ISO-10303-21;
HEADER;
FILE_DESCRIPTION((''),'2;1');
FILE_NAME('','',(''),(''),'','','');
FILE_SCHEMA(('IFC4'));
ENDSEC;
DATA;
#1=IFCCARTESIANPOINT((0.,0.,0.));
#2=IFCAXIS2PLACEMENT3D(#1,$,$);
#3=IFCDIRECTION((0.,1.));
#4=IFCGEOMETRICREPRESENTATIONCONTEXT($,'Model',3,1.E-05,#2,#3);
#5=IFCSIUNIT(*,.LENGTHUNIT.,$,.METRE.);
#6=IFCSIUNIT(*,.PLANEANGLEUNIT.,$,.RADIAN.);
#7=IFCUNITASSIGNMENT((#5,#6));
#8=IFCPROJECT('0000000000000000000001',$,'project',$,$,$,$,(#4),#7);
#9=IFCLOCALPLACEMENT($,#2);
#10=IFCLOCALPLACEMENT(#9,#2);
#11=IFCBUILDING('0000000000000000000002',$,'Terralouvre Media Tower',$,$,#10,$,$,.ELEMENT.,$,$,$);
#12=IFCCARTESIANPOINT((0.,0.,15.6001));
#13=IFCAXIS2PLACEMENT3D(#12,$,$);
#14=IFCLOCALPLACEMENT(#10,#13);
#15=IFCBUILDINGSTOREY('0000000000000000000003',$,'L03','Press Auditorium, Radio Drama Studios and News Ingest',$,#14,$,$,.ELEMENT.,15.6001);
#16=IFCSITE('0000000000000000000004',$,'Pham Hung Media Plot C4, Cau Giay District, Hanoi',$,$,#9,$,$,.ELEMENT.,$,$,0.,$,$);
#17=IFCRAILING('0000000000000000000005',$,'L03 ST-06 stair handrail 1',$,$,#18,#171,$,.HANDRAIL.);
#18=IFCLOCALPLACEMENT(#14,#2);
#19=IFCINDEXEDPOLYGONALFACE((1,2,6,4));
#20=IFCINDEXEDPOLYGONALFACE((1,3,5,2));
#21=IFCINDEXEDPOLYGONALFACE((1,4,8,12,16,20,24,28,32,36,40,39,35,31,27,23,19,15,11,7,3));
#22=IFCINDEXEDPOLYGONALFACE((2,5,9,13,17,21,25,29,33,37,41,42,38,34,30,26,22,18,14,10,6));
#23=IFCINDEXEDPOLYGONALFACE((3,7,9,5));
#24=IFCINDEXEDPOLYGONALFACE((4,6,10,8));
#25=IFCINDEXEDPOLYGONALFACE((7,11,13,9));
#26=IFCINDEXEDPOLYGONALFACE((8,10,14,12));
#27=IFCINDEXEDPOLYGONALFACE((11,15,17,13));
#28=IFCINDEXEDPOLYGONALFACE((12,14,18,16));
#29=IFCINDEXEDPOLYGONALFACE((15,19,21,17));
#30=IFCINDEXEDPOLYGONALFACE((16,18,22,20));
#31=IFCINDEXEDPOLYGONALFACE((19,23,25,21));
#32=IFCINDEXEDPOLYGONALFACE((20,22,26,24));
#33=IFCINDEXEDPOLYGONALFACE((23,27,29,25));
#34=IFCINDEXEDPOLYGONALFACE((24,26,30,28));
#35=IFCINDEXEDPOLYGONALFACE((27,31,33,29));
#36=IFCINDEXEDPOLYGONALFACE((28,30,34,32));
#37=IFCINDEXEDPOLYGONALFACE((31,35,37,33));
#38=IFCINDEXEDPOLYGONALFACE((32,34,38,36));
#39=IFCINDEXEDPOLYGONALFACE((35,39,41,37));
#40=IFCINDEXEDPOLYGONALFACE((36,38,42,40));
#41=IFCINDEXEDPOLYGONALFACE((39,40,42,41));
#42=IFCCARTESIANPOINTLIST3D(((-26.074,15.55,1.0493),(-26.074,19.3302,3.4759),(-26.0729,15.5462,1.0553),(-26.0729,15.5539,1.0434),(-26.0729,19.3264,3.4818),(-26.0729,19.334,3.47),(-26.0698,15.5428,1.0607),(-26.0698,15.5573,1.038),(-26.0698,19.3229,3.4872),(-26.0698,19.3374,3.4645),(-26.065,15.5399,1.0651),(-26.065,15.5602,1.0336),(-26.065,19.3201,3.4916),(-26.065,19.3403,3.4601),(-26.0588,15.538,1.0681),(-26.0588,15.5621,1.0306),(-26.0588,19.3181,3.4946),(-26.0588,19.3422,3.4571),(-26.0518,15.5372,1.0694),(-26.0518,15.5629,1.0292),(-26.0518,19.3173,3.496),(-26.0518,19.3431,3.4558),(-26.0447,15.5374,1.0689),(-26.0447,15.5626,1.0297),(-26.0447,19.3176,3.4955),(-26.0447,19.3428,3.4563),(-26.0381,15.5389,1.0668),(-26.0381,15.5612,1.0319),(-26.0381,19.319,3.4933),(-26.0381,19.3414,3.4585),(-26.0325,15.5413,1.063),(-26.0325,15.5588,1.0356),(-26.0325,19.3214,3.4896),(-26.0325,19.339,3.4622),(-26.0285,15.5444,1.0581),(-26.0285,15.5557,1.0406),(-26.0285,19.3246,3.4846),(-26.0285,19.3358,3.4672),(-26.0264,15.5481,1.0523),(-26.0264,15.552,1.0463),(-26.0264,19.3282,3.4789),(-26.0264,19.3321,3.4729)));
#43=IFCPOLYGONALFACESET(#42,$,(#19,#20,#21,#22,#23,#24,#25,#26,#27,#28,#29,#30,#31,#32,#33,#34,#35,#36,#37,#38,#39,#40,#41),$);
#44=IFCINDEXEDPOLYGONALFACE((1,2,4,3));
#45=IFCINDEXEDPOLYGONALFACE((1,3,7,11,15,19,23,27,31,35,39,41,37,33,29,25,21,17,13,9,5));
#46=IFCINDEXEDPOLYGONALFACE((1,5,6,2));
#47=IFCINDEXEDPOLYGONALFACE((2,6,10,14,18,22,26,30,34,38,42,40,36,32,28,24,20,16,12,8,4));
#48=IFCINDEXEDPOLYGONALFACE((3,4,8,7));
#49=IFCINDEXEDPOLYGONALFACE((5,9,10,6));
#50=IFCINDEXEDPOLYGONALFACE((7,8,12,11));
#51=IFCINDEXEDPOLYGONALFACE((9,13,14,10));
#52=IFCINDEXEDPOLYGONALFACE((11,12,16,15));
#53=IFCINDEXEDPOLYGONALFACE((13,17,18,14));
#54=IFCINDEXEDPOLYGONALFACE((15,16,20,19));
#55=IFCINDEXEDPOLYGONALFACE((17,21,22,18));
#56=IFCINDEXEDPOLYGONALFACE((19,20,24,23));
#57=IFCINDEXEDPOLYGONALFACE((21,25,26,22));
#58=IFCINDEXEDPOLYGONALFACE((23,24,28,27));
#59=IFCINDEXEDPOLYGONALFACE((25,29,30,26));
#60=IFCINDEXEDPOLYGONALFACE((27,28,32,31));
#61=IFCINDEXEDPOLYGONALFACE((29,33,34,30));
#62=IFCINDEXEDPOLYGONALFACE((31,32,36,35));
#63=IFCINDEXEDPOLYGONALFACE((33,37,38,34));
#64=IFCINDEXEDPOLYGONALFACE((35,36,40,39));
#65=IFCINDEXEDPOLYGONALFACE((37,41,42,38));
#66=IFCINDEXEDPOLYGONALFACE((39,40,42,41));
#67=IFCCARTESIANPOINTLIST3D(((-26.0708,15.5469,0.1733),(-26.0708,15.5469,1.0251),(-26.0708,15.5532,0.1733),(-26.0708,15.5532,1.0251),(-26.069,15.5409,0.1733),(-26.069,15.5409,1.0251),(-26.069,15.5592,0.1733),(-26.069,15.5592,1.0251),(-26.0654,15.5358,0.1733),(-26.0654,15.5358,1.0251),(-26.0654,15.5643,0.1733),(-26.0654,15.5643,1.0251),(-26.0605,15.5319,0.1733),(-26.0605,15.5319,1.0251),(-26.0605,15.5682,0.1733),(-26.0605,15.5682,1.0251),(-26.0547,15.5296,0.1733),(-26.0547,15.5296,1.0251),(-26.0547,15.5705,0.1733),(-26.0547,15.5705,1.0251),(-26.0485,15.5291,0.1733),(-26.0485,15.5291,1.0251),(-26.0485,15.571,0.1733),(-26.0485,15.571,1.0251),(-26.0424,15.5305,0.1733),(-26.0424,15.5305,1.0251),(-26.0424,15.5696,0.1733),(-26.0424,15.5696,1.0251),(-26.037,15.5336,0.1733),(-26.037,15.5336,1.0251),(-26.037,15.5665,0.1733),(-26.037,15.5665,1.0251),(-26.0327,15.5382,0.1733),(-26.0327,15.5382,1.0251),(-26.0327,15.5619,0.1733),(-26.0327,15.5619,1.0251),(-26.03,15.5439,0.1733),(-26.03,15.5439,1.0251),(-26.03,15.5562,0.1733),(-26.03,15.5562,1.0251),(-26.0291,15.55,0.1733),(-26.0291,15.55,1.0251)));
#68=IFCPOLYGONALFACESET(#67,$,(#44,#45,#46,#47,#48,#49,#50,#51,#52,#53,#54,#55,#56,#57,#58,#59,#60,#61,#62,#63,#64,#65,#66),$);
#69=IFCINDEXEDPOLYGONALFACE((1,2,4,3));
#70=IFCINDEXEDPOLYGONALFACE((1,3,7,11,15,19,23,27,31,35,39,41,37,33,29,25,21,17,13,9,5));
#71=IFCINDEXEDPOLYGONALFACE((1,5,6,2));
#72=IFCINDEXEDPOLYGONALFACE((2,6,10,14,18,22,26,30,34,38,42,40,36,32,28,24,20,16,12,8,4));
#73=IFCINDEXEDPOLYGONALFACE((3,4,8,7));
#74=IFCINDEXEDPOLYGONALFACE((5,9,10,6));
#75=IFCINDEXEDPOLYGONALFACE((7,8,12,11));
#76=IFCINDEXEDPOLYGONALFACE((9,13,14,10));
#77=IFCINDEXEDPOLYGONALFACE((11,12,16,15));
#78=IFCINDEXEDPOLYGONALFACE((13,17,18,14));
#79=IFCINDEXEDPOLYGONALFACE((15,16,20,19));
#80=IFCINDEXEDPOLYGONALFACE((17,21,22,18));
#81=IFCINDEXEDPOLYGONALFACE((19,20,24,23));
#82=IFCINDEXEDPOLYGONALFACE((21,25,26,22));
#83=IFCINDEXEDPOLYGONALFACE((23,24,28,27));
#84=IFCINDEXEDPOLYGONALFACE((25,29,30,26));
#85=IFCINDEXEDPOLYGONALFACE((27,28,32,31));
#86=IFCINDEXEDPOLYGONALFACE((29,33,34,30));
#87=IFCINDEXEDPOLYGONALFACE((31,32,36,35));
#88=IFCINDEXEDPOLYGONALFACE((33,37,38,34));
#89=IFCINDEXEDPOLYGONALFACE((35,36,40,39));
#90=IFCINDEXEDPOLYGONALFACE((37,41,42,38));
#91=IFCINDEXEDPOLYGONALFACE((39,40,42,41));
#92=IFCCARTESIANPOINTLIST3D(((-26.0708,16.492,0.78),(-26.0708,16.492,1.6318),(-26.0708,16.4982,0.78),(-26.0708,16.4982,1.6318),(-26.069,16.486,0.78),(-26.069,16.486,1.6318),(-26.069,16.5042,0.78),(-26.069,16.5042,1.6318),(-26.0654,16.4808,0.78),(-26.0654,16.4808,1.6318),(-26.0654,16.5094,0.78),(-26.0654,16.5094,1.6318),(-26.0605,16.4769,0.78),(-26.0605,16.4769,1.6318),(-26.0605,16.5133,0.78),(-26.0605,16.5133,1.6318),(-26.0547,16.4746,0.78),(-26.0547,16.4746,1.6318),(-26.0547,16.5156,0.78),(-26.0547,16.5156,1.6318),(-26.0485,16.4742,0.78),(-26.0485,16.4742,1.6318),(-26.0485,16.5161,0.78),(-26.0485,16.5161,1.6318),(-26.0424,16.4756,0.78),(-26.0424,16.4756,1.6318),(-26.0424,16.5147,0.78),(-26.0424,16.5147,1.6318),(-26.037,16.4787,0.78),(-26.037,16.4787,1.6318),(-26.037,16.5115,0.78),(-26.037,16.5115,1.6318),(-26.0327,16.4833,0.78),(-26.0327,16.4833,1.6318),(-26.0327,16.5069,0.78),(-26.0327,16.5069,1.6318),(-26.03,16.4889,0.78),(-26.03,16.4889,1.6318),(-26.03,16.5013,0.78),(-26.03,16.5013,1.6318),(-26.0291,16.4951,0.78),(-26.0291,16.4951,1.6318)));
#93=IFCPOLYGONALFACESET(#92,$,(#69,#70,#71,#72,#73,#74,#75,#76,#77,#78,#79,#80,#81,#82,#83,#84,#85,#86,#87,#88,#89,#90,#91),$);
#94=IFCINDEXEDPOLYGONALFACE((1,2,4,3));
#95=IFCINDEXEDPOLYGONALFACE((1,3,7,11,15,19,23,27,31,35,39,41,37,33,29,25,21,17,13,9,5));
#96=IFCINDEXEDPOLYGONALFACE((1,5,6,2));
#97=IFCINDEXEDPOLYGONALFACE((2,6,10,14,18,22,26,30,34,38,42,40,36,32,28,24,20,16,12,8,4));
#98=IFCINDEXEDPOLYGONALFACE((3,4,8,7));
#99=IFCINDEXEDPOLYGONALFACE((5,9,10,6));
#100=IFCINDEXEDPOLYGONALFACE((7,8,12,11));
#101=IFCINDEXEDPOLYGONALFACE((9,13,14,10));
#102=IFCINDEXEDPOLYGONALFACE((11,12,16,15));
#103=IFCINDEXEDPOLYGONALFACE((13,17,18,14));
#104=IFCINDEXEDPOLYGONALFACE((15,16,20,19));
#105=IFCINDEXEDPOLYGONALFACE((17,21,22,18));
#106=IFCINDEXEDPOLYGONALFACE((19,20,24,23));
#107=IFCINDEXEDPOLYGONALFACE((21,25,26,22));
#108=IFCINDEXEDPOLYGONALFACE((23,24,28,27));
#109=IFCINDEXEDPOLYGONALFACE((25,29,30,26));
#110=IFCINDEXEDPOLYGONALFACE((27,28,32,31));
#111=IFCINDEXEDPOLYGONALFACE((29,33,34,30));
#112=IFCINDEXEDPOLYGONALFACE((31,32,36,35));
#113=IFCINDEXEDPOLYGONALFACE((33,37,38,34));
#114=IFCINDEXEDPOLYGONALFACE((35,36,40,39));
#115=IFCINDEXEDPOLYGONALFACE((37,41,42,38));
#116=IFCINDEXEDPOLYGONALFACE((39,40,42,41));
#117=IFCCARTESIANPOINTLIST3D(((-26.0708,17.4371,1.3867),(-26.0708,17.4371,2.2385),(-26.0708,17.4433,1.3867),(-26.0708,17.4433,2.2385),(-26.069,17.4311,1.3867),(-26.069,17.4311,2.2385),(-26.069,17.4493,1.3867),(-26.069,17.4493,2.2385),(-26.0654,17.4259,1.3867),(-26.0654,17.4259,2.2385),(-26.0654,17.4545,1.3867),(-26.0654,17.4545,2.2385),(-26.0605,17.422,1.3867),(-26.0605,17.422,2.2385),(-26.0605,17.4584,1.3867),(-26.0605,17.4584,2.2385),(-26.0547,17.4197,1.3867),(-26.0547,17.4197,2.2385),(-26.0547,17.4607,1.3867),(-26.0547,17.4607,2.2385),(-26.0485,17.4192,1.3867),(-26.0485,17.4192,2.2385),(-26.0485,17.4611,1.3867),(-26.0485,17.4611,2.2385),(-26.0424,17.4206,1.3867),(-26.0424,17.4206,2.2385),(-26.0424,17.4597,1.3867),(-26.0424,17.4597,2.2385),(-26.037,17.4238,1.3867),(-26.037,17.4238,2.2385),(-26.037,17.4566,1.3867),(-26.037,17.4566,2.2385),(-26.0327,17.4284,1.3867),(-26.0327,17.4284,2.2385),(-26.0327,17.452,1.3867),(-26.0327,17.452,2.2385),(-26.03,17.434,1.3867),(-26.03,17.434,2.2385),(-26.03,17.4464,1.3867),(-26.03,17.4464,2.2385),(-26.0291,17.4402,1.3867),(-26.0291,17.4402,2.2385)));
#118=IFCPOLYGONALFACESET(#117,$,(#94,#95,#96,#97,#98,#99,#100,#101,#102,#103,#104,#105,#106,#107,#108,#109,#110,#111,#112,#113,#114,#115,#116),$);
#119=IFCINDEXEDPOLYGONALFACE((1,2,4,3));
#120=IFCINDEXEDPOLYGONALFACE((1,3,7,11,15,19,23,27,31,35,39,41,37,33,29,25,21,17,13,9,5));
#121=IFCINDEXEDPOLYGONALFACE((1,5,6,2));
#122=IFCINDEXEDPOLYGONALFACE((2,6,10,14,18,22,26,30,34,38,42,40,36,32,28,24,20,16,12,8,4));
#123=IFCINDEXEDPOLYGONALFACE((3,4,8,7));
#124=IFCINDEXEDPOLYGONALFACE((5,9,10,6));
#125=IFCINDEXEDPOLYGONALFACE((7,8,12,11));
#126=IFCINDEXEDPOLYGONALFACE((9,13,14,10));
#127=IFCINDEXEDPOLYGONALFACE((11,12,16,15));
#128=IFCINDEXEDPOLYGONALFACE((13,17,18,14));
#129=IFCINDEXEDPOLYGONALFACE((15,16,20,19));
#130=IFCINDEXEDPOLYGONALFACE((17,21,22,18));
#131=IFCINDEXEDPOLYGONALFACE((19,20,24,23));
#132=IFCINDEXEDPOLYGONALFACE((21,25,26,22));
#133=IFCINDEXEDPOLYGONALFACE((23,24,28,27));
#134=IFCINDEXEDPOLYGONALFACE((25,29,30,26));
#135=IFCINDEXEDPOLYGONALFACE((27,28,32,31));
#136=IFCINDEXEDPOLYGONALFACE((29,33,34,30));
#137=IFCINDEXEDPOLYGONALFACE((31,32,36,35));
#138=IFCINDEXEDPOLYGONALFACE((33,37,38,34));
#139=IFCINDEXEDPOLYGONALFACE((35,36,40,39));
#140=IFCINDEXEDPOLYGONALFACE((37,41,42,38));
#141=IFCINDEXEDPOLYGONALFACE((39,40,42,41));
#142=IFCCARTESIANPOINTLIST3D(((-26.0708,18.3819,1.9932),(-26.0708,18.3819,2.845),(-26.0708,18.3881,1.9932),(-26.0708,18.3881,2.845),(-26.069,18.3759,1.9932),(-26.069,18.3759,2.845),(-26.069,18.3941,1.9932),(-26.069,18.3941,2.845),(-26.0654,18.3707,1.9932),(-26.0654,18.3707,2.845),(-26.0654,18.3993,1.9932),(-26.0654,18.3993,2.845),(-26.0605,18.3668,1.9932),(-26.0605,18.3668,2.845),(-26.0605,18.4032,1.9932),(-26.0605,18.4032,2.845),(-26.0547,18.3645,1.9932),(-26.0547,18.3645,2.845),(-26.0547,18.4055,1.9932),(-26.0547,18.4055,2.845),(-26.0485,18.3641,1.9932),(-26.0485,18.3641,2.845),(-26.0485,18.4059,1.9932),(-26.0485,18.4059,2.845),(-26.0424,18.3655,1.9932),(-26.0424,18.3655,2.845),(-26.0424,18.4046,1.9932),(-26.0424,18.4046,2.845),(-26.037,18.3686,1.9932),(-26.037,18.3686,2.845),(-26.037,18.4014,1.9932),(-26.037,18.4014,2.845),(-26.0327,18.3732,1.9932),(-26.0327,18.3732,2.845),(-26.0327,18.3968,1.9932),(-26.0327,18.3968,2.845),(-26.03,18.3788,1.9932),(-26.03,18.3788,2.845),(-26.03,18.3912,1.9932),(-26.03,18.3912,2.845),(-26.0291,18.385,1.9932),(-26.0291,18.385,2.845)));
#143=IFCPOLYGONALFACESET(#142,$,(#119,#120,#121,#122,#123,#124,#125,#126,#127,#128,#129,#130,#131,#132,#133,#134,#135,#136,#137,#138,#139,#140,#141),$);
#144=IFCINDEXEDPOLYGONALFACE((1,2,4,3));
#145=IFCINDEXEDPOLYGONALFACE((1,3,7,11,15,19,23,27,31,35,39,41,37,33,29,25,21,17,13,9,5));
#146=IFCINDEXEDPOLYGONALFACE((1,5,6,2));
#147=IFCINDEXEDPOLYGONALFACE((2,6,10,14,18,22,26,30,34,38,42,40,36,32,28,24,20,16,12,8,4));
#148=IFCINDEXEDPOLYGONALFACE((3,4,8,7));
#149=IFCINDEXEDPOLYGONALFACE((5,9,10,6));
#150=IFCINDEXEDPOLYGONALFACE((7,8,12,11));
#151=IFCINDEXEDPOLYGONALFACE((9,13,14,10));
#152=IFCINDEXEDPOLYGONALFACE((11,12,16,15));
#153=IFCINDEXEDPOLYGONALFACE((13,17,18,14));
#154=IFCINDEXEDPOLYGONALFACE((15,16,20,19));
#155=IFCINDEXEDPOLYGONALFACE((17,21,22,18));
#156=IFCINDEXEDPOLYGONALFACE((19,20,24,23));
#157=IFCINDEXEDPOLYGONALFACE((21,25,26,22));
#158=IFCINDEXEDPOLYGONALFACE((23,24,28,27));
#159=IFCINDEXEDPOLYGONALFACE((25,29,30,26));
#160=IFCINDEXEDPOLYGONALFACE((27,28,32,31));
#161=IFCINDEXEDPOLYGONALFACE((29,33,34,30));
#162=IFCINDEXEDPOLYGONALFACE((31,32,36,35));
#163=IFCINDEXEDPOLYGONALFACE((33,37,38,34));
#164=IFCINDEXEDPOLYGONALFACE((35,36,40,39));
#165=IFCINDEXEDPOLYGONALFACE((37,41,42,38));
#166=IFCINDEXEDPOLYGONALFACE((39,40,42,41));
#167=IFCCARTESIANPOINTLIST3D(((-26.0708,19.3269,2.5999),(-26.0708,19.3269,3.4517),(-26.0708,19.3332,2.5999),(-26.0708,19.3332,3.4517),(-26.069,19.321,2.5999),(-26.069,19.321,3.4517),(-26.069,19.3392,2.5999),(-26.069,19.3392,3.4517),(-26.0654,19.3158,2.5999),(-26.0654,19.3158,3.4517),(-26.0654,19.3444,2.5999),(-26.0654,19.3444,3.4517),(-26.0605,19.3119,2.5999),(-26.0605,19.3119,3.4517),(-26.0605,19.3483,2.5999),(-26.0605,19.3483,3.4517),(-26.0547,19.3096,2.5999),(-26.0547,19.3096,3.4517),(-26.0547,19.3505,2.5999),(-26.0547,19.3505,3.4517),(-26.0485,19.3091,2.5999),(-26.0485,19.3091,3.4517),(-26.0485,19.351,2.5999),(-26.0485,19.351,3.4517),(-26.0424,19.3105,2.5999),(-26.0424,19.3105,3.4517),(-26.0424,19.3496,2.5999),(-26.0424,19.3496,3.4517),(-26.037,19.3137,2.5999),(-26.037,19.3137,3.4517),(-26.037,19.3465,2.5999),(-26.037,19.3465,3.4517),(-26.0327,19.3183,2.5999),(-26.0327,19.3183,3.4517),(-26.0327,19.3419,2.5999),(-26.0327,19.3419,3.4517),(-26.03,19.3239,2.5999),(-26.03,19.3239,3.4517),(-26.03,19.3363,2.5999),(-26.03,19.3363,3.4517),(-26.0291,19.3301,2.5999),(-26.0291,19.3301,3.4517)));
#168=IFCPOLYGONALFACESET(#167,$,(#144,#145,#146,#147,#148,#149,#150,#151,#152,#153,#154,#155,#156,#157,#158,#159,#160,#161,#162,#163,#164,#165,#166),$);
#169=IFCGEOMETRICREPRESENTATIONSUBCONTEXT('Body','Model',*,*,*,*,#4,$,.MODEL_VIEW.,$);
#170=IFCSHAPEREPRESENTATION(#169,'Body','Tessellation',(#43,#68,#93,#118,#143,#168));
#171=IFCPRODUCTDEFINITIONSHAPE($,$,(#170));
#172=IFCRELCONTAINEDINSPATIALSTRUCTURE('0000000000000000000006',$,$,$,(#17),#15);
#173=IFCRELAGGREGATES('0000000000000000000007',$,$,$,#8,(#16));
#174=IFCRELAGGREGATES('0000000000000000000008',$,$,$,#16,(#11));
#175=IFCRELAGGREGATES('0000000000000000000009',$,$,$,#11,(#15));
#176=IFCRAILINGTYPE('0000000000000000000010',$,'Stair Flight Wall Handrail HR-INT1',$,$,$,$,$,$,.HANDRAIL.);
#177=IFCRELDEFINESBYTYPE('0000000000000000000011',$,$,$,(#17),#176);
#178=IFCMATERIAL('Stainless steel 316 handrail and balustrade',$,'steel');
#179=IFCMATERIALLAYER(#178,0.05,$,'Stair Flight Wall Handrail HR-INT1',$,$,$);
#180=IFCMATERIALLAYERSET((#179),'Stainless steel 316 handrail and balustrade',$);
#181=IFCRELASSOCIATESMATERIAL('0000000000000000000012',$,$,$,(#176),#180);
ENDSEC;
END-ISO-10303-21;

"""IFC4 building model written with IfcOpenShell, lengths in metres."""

from ifc_helpers import new_model, si_unit, direction, frame, origin, origin_2d, place, context, subcontext, project, spatial, circle, extrude, material, layer, layer_set, type_object, element, save


model = new_model("IFC4")

# Units and contexts
model_context = context("Model", 3, precision=1e-05, world=origin(), true_north=direction((0.0, 1.0)))
body_context = subcontext(model_context, "Body", "Model", "MODEL_VIEW")
ifc_project = project(units=[si_unit("LENGTHUNIT", "METRE"), si_unit("PLANEANGLEUNIT", "RADIAN")], contexts=[model_context])

# Site, building, storey
site_placement = place(None, origin())
site = spatial("IfcSite", under=ifc_project, at=site_placement, Name="Pham Hung Media Plot C4, Cau Giay District, Hanoi", CompositionType="ELEMENT", RefElevation=0.0)
building_placement = place(site_placement, origin())
building = spatial("IfcBuilding", under=site, at=building_placement, Name="Terralouvre Media Tower", CompositionType="ELEMENT")
storey_placement = place(building_placement, frame((0.0, 0.0, 15.6001)))
storey = spatial("IfcBuildingStorey", under=building, at=storey_placement, Name="L03", Description="Press Auditorium, Radio Drama Studios and News Ingest", CompositionType="ELEMENT", Elevation=15.6001)

# Railing
ifc_material_1 = material(Name="Stainless steel 316 handrail and balustrade", Category="steel")
ifc_layer_1 = layer(ifc_material_1, 0.05, Name="Stair Flight Wall Handrail HR-INT1")
ifc_layer_set_1 = layer_set([ifc_layer_1], Name="Stainless steel 316 handrail and balustrade")
railing_type_1 = type_object("IfcRailingType", Name="Stair Flight Wall Handrail HR-INT1", PredefinedType="HANDRAIL", material=ifc_layer_set_1)
railing_1_placement = place(storey_placement, frame((-26.05, 15.55, 0.1733)))
element("IfcRailing", 1, at=railing_1_placement, inside=storey, type_object=railing_type_1, Name="L03 ST-06 stair handrail 1", PredefinedType="HANDRAIL", context=body_context, shape_type="SweptSolid", body=[
    extrude(circle(Radius=0.0239, at=origin_2d()), frame((0.0, 0.0, 0.876), z_axis=(0.0, 0.841533, 0.540205), x_axis=(-1.0, 0.0, 0.0)), (0.0, 0.0, 1.0), 4.4919),
    extrude(circle(Radius=0.021, at=origin_2d()), origin(), (0.0, 0.0, 1.0), 0.8518),
    extrude(circle(Radius=0.021, at=origin_2d()), frame((0.0, 0.9451, 0.6067)), (0.0, 0.0, 1.0), 0.8518),
    extrude(circle(Radius=0.021, at=origin_2d()), frame((0.0, 1.8901, 1.2134)), (0.0, 0.0, 1.0), 0.8518),
    extrude(circle(Radius=0.021, at=origin_2d()), frame((0.0, 2.835, 1.8198)), (0.0, 0.0, 1.0), 0.8518),
    extrude(circle(Radius=0.021, at=origin_2d()), frame((0.0, 3.78, 2.4265)), (0.0, 0.0, 1.0), 0.8518),
])

save(model, "model.ifc")
